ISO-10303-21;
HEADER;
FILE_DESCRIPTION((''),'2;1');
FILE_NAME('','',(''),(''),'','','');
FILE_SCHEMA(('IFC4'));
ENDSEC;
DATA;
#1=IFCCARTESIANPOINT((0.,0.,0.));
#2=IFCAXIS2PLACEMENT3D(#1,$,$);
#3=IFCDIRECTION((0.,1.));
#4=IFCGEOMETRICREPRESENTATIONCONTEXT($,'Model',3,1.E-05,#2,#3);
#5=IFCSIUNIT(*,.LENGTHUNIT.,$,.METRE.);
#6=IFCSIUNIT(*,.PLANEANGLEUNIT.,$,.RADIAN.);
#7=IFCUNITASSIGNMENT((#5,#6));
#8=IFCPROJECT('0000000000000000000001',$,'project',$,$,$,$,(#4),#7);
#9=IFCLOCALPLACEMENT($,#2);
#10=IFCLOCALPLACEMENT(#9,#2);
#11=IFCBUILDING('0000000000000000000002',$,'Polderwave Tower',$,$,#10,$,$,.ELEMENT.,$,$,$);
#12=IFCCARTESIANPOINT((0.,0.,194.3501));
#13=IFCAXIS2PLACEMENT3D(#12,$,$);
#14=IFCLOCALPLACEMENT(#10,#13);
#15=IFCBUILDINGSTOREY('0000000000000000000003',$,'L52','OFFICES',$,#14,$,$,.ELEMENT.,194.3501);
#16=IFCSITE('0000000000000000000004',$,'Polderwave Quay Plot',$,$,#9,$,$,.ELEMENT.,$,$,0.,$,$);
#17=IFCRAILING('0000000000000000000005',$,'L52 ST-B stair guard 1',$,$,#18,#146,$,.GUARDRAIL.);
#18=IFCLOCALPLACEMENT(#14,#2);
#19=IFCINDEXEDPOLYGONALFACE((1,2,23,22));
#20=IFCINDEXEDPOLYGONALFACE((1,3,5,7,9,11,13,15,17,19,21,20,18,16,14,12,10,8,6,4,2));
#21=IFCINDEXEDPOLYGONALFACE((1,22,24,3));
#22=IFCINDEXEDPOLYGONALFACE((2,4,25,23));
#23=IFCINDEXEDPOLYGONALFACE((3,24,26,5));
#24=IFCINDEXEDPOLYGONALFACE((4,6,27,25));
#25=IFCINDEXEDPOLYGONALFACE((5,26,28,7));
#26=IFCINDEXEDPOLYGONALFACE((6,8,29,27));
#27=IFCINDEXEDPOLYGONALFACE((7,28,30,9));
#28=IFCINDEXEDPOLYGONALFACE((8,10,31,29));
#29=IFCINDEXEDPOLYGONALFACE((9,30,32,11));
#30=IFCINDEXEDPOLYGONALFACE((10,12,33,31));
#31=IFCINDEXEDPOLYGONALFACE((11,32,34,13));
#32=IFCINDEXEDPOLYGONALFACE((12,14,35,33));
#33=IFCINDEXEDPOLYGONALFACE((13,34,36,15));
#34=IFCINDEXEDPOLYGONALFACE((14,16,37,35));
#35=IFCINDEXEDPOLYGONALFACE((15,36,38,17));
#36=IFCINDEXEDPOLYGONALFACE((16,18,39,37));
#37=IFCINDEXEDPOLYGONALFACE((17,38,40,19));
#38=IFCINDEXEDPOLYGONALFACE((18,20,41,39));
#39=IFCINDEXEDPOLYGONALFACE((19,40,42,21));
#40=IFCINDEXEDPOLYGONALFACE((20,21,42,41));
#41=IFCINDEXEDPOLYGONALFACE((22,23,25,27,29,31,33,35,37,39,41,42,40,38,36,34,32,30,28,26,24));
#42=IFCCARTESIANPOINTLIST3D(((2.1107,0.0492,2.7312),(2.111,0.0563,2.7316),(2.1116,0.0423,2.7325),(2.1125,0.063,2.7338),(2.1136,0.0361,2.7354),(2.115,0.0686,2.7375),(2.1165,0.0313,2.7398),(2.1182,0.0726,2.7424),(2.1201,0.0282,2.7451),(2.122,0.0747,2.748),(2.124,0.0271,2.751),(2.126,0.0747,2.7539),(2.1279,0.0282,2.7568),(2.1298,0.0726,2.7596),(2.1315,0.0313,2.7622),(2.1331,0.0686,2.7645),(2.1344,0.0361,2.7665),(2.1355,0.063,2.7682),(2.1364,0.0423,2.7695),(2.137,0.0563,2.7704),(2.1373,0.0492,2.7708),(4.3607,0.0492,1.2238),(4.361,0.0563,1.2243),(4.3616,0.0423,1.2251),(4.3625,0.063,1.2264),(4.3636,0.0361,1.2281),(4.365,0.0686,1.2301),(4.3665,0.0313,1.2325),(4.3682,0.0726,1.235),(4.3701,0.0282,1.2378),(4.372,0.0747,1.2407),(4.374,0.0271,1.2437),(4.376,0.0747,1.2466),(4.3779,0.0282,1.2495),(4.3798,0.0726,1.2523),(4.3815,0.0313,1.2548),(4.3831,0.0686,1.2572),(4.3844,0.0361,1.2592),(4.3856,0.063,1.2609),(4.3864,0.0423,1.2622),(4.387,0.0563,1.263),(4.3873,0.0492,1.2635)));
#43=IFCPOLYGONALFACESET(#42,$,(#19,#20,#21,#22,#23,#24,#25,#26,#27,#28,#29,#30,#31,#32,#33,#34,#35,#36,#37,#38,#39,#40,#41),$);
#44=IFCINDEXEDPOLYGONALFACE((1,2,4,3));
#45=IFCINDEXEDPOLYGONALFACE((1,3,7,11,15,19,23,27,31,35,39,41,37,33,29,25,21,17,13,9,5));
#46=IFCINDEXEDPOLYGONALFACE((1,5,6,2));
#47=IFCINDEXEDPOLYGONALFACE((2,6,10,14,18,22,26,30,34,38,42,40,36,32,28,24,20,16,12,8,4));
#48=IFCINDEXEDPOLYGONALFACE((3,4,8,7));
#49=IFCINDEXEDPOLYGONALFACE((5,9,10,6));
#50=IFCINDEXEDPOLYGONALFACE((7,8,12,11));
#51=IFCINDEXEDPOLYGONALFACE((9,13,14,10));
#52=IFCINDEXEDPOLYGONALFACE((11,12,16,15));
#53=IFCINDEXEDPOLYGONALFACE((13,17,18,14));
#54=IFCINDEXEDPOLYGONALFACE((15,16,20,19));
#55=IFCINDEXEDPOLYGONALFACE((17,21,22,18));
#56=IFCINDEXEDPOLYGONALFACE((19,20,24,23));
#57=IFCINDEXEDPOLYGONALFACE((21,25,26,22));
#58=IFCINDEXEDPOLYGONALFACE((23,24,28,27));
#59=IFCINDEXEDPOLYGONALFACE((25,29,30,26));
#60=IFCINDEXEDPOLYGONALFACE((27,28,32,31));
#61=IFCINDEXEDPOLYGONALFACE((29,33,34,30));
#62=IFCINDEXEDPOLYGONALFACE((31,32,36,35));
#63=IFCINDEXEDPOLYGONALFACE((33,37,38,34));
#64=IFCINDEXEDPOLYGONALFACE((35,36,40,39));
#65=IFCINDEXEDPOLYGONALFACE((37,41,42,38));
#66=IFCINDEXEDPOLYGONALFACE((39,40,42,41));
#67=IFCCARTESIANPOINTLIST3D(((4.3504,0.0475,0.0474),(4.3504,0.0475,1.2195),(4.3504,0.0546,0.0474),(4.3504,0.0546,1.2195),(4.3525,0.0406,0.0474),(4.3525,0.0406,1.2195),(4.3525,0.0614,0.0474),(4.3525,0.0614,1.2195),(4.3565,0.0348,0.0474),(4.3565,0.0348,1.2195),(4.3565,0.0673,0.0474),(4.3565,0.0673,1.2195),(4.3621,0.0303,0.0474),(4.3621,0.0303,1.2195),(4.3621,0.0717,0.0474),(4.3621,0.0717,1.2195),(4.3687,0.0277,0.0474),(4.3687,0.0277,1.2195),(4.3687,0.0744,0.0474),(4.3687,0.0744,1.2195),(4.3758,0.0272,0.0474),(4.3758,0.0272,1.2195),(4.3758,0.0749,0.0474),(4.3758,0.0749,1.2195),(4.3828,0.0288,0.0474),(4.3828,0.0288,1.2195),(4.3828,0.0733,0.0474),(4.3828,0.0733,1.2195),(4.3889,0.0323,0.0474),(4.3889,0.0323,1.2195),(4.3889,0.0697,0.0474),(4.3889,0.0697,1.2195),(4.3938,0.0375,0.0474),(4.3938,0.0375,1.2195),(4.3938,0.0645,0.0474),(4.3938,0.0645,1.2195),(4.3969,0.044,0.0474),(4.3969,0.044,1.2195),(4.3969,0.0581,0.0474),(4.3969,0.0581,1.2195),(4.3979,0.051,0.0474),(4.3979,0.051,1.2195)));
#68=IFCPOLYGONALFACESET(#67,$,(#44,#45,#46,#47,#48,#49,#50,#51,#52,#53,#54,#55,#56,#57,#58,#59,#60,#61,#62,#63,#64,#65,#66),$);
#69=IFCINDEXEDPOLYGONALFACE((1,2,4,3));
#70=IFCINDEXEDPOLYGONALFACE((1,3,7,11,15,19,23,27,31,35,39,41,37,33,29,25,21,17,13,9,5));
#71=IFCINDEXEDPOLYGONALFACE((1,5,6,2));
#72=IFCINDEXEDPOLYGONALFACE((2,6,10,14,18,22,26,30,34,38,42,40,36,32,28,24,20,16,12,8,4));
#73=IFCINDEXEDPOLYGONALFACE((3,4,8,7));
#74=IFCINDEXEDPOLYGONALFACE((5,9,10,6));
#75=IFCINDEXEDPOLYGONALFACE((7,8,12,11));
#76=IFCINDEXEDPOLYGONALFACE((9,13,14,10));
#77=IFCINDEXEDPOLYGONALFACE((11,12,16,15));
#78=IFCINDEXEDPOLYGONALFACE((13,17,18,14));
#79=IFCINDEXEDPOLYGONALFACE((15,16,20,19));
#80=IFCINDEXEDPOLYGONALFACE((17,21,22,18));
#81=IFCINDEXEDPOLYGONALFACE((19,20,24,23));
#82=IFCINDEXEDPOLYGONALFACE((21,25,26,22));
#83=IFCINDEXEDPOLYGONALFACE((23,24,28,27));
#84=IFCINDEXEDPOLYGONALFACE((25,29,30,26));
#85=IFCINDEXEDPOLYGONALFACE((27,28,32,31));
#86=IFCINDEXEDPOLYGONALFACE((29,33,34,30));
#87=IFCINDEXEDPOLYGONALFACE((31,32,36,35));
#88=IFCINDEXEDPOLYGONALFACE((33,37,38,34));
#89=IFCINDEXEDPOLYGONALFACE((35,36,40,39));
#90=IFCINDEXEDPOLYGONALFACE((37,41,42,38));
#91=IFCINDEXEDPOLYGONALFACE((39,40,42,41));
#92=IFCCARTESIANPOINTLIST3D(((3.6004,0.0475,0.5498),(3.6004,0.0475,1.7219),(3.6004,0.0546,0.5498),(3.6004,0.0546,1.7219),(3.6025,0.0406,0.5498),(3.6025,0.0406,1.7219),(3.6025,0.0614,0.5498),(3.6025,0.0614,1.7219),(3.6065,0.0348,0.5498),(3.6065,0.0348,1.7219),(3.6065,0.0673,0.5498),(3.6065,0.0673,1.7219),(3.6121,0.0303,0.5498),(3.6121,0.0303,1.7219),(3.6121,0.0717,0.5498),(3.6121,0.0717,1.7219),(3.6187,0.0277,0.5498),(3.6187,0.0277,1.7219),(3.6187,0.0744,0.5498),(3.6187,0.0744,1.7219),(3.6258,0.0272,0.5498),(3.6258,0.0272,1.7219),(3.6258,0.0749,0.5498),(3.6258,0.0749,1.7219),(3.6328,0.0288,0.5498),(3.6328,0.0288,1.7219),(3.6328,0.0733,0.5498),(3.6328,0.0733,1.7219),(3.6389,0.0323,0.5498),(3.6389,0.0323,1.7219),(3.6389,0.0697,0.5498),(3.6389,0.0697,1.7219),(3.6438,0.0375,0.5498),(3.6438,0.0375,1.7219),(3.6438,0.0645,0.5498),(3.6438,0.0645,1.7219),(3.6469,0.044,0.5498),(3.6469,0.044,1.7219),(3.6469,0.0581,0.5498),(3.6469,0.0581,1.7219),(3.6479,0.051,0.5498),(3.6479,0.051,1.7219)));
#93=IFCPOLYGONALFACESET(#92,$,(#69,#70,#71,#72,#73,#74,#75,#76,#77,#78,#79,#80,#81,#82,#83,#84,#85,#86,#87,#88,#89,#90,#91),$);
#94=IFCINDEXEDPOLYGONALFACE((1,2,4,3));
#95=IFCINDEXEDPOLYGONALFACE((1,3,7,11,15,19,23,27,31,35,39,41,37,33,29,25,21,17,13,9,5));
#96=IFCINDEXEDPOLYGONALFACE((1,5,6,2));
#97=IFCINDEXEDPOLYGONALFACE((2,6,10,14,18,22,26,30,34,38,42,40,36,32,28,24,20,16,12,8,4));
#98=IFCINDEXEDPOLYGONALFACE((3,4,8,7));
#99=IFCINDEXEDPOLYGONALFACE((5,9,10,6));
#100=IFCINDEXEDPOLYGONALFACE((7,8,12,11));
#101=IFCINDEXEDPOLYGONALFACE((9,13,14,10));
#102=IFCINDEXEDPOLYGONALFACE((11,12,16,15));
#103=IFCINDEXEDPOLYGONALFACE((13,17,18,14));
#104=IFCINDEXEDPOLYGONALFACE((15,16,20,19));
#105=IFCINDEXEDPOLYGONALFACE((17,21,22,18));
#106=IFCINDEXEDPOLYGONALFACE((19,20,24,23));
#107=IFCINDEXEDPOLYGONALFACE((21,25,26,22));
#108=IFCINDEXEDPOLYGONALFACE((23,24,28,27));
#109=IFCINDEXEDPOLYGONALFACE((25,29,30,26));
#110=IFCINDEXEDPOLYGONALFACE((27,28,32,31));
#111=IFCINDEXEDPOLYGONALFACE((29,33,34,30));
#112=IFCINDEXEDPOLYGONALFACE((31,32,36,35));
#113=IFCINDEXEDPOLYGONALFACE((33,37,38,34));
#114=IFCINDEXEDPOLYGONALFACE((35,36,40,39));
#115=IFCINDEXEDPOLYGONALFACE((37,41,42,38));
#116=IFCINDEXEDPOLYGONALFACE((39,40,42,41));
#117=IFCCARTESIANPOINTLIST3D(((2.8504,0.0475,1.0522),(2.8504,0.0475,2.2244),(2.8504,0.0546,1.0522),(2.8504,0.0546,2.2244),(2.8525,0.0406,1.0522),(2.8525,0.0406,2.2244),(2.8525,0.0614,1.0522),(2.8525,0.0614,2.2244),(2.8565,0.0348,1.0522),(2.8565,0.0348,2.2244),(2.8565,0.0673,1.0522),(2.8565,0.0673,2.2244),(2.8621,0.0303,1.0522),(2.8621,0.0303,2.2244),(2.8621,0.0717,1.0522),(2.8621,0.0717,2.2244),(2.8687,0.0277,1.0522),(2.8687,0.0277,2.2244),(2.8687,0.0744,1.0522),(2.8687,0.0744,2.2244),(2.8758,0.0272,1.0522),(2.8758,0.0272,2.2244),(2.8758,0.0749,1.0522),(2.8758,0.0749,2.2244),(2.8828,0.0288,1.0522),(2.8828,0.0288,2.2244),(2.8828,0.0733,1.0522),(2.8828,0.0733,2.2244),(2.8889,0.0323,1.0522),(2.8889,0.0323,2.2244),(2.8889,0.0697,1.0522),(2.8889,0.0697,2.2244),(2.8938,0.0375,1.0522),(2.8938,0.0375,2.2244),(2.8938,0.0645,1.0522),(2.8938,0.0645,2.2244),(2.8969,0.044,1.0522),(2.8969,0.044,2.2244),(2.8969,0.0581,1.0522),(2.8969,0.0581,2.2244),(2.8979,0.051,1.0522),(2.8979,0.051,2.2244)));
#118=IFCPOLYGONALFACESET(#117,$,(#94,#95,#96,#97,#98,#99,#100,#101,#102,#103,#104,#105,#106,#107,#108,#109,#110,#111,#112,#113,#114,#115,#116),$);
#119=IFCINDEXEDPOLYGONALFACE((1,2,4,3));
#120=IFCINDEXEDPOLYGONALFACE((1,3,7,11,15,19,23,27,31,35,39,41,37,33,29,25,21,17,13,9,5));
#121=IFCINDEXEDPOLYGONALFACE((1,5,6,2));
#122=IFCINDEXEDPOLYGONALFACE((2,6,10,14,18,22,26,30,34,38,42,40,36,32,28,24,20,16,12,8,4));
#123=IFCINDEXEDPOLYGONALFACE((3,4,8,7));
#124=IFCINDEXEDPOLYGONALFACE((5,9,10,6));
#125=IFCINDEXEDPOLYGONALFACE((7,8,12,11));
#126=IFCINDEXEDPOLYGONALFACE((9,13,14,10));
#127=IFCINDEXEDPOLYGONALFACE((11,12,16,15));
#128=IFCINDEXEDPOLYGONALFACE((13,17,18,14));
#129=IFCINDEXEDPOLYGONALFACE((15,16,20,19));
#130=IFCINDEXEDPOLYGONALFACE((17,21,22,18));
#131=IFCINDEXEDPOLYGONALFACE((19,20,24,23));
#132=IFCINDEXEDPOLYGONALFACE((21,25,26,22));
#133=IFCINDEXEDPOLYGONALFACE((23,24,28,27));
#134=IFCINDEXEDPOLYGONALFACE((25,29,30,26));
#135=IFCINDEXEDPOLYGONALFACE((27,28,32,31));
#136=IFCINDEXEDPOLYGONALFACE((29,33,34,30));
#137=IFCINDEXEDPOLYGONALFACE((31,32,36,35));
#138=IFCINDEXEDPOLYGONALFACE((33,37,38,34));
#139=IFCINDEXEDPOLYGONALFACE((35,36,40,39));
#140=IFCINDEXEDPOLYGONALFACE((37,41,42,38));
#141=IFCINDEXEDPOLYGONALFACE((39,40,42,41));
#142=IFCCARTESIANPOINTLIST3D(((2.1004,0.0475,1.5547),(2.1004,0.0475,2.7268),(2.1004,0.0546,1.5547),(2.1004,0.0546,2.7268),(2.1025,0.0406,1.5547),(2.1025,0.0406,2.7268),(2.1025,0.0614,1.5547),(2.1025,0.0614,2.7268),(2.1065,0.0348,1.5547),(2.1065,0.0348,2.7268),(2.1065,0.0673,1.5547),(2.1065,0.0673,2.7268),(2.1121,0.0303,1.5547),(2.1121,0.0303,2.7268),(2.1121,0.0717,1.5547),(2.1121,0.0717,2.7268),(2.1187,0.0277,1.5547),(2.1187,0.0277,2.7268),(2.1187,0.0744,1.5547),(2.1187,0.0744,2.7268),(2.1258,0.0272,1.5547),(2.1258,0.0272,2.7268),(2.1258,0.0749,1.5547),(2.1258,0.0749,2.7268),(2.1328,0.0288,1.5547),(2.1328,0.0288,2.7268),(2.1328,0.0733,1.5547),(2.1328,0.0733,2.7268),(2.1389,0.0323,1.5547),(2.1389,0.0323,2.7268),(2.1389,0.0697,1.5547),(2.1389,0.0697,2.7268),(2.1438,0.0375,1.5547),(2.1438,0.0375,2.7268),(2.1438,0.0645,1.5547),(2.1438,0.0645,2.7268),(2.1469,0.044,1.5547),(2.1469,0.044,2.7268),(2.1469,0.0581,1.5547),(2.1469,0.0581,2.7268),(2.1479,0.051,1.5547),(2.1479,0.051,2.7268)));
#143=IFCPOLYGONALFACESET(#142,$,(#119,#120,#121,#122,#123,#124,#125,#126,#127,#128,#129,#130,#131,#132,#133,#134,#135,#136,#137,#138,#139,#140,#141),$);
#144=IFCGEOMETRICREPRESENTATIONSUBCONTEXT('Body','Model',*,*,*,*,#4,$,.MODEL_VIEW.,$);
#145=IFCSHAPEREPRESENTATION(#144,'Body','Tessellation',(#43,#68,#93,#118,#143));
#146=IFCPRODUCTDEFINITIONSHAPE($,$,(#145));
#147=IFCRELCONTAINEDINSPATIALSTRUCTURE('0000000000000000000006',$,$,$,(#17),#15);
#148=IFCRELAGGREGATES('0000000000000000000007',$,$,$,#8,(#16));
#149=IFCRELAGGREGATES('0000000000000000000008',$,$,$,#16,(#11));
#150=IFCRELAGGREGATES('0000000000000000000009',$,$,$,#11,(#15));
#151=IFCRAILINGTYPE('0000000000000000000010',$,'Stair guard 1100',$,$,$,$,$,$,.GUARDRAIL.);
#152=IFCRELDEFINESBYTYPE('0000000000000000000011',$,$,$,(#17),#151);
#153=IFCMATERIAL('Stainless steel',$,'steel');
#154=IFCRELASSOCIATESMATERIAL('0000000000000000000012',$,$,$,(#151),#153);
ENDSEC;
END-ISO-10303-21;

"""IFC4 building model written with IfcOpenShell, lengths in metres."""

from ifc_helpers import new_model, si_unit, direction, frame, origin, origin_2d, place, context, subcontext, project, spatial, circle, extrude, material, type_object, element, save


model = new_model("IFC4")

# Units and contexts
model_context = context("Model", 3, precision=1e-05, world=origin(), true_north=direction((0.0, 1.0)))
body_context = subcontext(model_context, "Body", "Model", "MODEL_VIEW")
ifc_project = project(units=[si_unit("LENGTHUNIT", "METRE"), si_unit("PLANEANGLEUNIT", "RADIAN")], contexts=[model_context])

# Site, building, storey
site_placement = place(None, origin())
site = spatial("IfcSite", under=ifc_project, at=site_placement, Name="Polderwave Quay Plot", CompositionType="ELEMENT", RefElevation=0.0)
building_placement = place(site_placement, origin())
building = spatial("IfcBuilding", under=site, at=building_placement, Name="Polderwave Tower", CompositionType="ELEMENT")
storey_placement = place(building_placement, frame((0.0, 0.0, 194.3501)))
storey = spatial("IfcBuildingStorey", under=building, at=storey_placement, Name="L52", Description="OFFICES", CompositionType="ELEMENT", Elevation=194.3501)

# Railing
ifc_material_1 = material(Name="Stainless steel", Category="steel")
railing_type_1 = type_object("IfcRailingType", Name="Stair guard 1100", PredefinedType="GUARDRAIL", material=ifc_material_1)
railing_1_placement = place(storey_placement, frame((4.374, 0.051, 0.0474)))
element("IfcRailing", 1, at=railing_1_placement, inside=storey, type_object=railing_type_1, Name="L52 ST-B stair guard 1", PredefinedType="GUARDRAIL", context=body_context, shape_type="SweptSolid", body=[
    extrude(circle(Radius=0.0239, at=origin_2d()), frame((0.0, 0.0, 1.1963), z_axis=(-0.8308, 0.0, 0.556571), x_axis=(0.0, -1.0, 0.0)), (0.0, 0.0, 1.0), 2.7083),
    extrude(circle(Radius=0.0239, at=origin_2d()), origin(), (0.0, 0.0, 1.0), 1.1721),
    extrude(circle(Radius=0.0239, at=origin_2d()), frame((-0.75, 0.0, 0.5024)), (0.0, 0.0, 1.0), 1.1721),
    extrude(circle(Radius=0.0239, at=origin_2d()), frame((-1.5, 0.0, 1.0049)), (0.0, 0.0, 1.0), 1.1721),
    extrude(circle(Radius=0.0239, at=origin_2d()), frame((-2.25, 0.0, 1.5073)), (0.0, 0.0, 1.0), 1.1721),
])

save(model, "model.ifc")
